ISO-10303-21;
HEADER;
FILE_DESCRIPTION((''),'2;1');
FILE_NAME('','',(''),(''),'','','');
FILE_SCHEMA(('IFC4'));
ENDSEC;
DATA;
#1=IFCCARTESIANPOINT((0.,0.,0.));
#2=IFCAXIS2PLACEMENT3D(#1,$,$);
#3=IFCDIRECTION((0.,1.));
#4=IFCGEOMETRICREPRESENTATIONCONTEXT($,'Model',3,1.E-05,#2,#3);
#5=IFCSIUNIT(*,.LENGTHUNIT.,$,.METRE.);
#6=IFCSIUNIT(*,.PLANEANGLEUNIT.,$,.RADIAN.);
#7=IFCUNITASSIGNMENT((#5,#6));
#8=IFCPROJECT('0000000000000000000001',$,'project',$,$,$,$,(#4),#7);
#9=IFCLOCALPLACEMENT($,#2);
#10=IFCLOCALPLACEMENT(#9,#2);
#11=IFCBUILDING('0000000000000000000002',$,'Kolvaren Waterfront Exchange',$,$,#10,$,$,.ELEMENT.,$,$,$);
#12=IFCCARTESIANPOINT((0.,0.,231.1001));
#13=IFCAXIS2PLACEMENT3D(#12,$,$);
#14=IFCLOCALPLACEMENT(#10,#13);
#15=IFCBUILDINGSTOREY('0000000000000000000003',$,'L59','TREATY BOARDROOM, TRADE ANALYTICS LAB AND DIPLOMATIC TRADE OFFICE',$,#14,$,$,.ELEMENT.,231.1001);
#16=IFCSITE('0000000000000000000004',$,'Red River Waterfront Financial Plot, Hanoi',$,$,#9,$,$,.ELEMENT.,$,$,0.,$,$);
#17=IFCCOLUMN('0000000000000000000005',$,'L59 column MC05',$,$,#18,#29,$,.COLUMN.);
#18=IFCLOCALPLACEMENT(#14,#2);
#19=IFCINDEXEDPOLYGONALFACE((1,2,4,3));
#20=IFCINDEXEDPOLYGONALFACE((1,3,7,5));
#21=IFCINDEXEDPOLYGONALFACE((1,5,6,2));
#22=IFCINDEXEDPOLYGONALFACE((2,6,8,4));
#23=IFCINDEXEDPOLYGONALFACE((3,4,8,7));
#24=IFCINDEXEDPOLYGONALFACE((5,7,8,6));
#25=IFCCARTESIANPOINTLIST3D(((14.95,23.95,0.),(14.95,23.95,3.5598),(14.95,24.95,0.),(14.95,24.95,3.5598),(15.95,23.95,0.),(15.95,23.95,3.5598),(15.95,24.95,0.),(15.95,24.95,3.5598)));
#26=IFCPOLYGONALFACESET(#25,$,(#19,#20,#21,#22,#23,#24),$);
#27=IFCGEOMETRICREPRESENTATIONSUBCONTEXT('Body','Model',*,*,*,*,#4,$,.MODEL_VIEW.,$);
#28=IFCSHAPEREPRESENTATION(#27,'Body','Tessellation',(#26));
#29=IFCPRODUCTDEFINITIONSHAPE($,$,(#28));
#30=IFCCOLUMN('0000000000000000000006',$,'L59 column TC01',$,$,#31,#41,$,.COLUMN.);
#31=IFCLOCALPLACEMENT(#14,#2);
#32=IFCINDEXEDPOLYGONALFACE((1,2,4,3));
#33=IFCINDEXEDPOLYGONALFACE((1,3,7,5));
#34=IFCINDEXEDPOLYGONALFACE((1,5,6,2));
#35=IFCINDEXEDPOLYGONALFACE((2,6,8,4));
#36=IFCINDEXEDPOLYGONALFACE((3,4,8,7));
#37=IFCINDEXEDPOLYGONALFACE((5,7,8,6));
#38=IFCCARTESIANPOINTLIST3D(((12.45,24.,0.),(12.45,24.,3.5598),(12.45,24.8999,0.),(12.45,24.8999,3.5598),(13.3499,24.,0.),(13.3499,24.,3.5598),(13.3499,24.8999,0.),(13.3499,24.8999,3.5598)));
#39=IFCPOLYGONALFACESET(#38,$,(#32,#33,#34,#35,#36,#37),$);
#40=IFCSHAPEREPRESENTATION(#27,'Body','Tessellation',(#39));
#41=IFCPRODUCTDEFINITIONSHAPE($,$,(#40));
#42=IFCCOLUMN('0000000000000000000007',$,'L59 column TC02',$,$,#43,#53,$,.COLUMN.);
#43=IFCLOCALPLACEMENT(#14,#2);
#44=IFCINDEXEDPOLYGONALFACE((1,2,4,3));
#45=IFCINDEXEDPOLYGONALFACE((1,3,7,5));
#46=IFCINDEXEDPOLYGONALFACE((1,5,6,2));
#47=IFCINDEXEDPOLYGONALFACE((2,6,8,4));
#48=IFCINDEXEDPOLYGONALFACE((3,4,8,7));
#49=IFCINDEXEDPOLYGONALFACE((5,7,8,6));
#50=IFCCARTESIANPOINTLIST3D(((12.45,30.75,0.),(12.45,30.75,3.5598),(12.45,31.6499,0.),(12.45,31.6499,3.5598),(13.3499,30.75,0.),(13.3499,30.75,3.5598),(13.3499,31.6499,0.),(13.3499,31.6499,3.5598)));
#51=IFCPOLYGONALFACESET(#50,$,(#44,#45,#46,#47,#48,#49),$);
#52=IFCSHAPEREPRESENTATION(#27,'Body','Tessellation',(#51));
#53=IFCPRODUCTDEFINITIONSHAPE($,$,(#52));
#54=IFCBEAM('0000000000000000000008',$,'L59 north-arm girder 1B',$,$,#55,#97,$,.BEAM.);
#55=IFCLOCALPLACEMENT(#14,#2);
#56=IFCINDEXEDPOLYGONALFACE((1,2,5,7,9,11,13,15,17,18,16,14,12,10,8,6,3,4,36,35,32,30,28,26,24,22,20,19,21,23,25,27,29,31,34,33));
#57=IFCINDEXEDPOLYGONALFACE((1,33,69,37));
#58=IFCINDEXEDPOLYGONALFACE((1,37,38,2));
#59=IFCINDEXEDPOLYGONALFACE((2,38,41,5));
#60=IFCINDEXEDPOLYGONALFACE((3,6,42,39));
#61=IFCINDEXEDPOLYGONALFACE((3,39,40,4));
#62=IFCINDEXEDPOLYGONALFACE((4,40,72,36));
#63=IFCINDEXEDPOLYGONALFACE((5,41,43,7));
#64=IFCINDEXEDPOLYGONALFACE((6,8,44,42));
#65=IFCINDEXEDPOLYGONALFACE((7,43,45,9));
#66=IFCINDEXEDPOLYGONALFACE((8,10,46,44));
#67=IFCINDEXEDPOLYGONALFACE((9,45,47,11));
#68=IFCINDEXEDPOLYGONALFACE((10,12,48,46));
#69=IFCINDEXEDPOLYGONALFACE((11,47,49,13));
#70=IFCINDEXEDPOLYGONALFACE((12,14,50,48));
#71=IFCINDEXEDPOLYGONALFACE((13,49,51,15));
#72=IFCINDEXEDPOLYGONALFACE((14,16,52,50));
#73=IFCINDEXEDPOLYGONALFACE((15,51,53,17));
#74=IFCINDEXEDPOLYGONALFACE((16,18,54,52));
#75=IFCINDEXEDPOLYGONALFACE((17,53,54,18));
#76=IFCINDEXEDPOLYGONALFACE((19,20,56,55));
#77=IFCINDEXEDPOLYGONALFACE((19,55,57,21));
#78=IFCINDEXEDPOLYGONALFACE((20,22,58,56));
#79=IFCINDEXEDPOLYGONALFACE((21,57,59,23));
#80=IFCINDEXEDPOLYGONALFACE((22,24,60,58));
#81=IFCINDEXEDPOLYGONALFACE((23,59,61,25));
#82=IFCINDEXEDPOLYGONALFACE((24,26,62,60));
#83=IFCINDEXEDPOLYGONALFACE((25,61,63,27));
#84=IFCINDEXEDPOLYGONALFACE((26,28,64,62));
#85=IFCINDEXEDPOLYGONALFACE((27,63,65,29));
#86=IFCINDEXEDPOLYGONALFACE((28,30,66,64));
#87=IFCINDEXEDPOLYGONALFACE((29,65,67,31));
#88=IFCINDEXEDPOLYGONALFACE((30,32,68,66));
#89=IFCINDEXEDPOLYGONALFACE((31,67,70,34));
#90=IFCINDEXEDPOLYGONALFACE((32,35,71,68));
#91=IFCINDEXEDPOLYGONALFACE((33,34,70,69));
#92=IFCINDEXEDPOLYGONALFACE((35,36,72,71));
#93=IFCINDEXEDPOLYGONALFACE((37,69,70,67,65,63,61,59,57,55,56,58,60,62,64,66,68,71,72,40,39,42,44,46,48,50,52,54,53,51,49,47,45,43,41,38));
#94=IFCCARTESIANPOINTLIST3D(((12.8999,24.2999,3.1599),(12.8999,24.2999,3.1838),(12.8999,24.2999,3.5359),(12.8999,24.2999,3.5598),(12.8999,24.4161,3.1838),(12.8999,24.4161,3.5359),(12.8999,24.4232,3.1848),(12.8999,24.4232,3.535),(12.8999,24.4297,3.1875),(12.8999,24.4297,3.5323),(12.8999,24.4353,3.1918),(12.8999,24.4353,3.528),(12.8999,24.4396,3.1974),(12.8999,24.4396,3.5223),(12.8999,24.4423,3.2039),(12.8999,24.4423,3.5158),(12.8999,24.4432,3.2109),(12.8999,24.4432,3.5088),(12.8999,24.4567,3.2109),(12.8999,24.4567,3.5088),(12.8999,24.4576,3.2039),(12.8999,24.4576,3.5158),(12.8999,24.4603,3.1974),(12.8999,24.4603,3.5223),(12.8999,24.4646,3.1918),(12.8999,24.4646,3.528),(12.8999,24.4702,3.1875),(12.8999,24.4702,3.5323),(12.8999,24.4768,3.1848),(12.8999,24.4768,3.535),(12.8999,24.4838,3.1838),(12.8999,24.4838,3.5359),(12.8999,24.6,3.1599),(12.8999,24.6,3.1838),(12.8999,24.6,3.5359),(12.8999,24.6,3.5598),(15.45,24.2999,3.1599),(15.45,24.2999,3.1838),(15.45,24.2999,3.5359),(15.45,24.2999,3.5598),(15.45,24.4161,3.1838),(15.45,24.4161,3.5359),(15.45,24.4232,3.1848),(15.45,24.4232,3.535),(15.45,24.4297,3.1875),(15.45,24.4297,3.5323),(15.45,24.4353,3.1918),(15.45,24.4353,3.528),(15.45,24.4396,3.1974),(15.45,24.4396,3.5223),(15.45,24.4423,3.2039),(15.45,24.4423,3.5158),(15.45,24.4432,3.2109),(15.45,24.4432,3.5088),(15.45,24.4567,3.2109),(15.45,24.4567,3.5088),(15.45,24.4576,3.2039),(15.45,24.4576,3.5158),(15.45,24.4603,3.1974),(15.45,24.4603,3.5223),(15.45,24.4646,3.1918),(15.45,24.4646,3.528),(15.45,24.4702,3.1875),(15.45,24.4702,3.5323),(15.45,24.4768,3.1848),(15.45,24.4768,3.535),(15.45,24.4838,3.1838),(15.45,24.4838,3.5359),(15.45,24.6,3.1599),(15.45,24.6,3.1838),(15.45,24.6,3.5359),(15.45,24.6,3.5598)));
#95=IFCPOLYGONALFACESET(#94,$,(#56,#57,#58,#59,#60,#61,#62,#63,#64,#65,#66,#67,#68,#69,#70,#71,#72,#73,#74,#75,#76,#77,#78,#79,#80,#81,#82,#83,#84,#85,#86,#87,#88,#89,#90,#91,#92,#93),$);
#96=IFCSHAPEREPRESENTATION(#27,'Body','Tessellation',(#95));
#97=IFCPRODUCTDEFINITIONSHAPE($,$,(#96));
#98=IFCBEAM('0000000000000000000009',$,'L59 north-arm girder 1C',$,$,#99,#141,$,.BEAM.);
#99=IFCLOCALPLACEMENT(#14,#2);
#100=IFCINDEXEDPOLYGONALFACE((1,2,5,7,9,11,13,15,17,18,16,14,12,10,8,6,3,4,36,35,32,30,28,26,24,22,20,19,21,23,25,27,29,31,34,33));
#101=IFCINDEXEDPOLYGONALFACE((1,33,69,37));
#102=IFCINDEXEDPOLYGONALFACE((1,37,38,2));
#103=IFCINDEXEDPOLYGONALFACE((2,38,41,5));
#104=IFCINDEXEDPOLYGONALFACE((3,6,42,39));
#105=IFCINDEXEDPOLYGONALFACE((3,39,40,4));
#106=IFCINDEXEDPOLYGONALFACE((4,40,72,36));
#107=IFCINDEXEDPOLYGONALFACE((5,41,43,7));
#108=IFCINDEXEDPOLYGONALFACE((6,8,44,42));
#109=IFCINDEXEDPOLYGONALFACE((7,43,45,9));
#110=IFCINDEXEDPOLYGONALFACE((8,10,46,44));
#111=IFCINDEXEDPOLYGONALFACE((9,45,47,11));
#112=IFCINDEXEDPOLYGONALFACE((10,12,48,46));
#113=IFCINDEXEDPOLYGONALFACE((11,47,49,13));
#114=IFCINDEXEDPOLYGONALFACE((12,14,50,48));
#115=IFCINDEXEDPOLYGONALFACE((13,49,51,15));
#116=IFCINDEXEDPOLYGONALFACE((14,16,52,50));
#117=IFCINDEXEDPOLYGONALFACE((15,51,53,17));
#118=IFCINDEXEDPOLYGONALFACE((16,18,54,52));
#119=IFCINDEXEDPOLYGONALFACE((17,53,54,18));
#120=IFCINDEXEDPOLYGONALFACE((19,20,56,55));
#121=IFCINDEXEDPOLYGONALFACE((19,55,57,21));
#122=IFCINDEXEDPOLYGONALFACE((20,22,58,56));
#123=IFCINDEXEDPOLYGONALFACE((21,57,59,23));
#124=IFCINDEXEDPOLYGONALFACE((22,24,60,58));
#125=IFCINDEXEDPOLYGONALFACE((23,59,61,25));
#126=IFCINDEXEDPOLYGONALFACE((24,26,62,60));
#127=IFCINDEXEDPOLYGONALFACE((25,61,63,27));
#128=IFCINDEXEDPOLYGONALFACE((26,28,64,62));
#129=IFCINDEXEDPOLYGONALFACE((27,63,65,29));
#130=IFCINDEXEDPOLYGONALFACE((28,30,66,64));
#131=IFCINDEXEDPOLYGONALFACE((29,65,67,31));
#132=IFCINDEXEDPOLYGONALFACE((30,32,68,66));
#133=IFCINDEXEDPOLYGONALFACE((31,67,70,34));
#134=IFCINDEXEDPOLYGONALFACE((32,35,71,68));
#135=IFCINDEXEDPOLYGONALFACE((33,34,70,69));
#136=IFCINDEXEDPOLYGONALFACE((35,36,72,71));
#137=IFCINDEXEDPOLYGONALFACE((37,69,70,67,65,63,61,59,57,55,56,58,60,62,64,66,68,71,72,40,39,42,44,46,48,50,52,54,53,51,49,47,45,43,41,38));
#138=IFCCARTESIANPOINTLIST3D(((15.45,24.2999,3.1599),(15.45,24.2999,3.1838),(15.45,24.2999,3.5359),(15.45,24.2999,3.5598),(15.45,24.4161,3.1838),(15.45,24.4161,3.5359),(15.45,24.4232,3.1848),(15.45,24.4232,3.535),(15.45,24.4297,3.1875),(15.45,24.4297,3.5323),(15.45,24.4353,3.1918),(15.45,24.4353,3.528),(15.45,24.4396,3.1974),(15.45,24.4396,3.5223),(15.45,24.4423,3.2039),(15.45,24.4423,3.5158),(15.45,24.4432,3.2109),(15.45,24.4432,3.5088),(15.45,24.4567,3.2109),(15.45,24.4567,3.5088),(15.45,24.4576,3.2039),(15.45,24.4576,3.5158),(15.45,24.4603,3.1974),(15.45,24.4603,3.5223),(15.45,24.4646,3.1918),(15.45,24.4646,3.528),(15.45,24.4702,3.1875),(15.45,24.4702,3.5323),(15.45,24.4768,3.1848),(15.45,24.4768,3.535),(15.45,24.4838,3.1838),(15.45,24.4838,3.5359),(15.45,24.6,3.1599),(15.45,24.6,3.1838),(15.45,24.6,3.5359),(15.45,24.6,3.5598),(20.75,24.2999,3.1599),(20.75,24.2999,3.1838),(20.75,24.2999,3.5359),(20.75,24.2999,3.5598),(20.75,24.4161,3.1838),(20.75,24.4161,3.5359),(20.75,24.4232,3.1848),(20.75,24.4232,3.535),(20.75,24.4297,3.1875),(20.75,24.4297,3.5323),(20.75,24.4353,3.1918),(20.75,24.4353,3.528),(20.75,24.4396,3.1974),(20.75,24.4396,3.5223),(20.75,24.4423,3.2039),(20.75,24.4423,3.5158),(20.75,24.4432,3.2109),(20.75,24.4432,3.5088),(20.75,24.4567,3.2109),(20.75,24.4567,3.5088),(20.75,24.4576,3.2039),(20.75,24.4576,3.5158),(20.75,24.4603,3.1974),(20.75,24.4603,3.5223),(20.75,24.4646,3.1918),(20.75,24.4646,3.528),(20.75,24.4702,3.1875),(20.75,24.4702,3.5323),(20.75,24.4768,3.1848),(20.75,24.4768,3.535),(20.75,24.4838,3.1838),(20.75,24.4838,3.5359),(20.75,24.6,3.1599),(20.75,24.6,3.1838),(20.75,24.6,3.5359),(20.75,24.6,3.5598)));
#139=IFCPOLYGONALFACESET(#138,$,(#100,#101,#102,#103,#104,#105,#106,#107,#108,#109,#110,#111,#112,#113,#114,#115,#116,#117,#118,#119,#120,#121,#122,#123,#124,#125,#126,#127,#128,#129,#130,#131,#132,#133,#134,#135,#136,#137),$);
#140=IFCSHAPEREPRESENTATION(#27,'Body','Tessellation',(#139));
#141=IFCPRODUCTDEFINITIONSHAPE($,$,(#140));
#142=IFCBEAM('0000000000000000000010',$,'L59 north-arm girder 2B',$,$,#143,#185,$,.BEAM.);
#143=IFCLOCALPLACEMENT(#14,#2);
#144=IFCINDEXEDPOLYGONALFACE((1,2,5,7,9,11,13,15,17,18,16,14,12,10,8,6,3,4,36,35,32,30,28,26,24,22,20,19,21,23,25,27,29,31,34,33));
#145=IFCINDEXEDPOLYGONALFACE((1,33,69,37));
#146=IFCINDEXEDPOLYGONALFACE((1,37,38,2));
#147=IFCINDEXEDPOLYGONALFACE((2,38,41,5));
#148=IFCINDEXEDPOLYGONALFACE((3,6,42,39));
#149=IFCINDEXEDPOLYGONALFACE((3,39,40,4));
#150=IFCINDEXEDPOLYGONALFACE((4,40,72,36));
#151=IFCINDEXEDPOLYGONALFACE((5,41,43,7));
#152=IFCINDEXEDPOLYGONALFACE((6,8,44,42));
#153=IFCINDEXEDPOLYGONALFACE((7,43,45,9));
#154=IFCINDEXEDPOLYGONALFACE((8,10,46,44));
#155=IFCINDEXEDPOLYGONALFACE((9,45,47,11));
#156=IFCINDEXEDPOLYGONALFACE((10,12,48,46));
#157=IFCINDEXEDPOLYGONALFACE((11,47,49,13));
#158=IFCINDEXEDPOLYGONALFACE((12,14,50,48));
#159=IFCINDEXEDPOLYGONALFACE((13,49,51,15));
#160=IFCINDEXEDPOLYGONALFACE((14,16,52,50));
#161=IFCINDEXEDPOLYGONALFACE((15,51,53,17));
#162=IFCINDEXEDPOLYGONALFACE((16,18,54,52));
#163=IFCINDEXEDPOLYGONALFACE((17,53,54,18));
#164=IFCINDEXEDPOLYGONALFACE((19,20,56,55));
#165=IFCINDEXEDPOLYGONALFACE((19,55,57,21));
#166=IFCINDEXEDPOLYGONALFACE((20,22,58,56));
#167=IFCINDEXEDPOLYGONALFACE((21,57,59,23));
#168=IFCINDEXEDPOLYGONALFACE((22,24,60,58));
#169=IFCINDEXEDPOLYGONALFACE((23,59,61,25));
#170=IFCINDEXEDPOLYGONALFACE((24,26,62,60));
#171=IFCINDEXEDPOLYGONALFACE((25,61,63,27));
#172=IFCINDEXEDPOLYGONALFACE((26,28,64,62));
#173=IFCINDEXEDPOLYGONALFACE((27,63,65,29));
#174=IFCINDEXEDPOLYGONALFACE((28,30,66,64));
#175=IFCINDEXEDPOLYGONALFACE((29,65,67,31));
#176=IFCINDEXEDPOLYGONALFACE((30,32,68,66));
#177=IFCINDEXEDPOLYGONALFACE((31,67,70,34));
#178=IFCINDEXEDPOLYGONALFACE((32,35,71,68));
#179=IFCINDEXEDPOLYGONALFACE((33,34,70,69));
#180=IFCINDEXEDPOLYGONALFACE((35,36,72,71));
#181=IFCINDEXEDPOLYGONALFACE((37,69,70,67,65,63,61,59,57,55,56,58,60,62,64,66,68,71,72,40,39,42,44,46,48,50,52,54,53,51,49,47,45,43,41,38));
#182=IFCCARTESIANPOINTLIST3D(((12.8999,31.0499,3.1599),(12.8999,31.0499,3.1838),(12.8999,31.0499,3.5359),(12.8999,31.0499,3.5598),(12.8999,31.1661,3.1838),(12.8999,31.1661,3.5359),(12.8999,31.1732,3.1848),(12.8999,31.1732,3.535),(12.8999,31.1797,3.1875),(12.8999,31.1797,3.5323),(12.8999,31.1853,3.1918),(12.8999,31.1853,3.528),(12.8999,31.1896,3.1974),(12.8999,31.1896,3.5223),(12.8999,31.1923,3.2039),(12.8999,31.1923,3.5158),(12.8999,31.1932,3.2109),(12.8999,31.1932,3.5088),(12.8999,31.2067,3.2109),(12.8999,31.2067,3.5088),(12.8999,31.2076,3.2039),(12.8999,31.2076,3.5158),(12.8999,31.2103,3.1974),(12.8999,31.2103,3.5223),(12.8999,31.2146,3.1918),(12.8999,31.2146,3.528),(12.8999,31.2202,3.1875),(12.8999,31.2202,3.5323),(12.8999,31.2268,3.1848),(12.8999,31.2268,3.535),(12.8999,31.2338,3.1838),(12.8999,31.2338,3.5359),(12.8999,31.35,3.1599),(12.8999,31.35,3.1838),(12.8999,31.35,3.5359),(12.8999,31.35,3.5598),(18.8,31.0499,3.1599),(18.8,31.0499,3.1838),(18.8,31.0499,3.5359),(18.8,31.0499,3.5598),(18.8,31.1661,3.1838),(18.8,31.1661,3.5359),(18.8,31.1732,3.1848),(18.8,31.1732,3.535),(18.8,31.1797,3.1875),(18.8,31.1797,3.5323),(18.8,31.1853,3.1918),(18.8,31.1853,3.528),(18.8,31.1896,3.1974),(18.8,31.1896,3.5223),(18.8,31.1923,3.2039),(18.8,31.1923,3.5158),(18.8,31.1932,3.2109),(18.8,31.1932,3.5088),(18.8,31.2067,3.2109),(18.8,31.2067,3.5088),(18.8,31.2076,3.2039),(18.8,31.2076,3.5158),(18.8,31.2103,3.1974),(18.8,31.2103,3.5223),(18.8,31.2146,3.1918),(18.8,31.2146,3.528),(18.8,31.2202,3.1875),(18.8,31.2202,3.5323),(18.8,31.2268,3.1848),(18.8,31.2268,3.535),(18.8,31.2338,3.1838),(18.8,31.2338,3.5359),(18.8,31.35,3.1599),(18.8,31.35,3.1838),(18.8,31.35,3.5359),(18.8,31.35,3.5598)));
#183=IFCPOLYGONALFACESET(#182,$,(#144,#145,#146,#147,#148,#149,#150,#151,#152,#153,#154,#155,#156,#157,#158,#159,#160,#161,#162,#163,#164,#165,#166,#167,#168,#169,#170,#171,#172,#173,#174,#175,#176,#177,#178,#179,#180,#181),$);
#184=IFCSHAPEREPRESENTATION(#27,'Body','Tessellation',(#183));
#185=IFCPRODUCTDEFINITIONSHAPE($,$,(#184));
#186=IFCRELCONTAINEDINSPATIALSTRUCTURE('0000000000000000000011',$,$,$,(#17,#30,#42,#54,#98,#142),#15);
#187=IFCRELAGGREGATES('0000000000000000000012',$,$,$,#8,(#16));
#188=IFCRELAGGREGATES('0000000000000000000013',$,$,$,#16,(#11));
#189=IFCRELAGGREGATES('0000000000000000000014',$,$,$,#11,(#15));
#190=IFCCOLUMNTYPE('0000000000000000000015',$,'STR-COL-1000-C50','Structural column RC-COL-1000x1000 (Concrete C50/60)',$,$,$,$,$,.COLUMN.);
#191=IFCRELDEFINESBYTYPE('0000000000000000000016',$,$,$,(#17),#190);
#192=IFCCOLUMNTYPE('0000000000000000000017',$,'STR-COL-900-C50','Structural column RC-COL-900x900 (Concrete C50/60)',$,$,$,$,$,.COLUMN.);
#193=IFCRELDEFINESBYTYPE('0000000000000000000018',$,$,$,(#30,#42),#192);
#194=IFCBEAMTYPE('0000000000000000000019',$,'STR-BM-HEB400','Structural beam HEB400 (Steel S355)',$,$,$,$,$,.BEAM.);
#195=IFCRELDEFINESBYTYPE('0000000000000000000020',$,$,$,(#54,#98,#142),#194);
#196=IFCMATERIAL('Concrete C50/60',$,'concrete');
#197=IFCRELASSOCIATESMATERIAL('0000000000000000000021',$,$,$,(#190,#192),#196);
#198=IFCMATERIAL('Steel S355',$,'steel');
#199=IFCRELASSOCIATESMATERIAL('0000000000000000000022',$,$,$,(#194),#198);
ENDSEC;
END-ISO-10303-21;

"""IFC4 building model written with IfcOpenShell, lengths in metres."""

from ifc_helpers import new_model, si_unit, direction, frame, origin, origin_2d, place, context, subcontext, project, spatial, rectangle, i_section, extrude, material, material_profile, profile_set, type_object, element, save


model = new_model("IFC4")

# Units and contexts
model_context = context("Model", 3, precision=1e-05, world=origin(), true_north=direction((0.0, 1.0)))
body_context = subcontext(model_context, "Body", "Model", "MODEL_VIEW")
ifc_project = project(units=[si_unit("LENGTHUNIT", "METRE"), si_unit("PLANEANGLEUNIT", "RADIAN")], contexts=[model_context])

# Site, building, storey
site_placement = place(None, origin())
site = spatial("IfcSite", under=ifc_project, at=site_placement, Name="Red River Waterfront Financial Plot, Hanoi", CompositionType="ELEMENT", RefElevation=0.0)
building_placement = place(site_placement, origin())
building = spatial("IfcBuilding", under=site, at=building_placement, Name="Kolvaren Waterfront Exchange", CompositionType="ELEMENT")
storey_placement = place(building_placement, frame((0.0, 0.0, 231.1001)))
storey = spatial("IfcBuildingStorey", under=building, at=storey_placement, Name="L59", Description="TREATY BOARDROOM, TRADE ANALYTICS LAB AND DIPLOMATIC TRADE OFFICE", CompositionType="ELEMENT", Elevation=231.1001)

# Columns
ifc_material_1 = material(Name="Concrete C50/60", Category="concrete")
ifc_material_profile_1 = material_profile(ifc_material_1, rectangle(XDim=1.0, YDim=1.0, at=origin_2d()), Name="RC-COL-1000x1000")
ifc_profile_set_1 = profile_set([ifc_material_profile_1], Name="Concrete C50/60")
column_type_1 = type_object("IfcColumnType", Name="STR-COL-1000-C50", Description="Structural column RC-COL-1000x1000 (Concrete C50/60)", PredefinedType="COLUMN", material=ifc_profile_set_1)
column_placement = place(storey_placement, frame((15.45, 24.45, 0.0), z_axis=(0.0, 0.0, 1.0), x_axis=(1.0, 0.0, 0.0)))
element("IfcColumn", 1, at=column_placement, inside=storey, type_object=column_type_1, Name="L59 column MC05", PredefinedType="COLUMN", context=body_context, shape_type="SweptSolid", body=[
    extrude(rectangle(XDim=1.0, YDim=1.0, at=origin_2d()), origin(), (0.0, 0.0, 1.0), 3.5598),
])
ifc_material_profile_2 = material_profile(ifc_material_1, rectangle(XDim=0.8999, YDim=0.8999, at=origin_2d()), Name="RC-COL-900x900")
ifc_profile_set_2 = profile_set([ifc_material_profile_2], Name="Concrete C50/60")
column_type_2 = type_object("IfcColumnType", Name="STR-COL-900-C50", Description="Structural column RC-COL-900x900 (Concrete C50/60)", PredefinedType="COLUMN", material=ifc_profile_set_2)
for number, where, z_axis, x_axis, name in (
    (2, (12.8999, 24.45, 0.0), (0.0, 0.0, 1.0), (1.0, 0.0, 0.0), "L59 column TC01"),
    (3, (12.8999, 31.2, 0.0), (0.0, 0.0, 1.0), (1.0, 0.0, 0.0), "L59 column TC02"),
):
    element("IfcColumn", number, at=place(storey_placement, frame(where, z_axis=z_axis, x_axis=x_axis)), inside=storey, type_object=column_type_2, Name=name, PredefinedType="COLUMN", context=body_context, shape_type="SweptSolid", body=[
        extrude(rectangle(XDim=0.8999, YDim=0.8999, at=origin_2d()), origin(), (0.0, 0.0, 1.0), 3.5598),
    ])

# Beams
ifc_material_2 = material(Name="Steel S355", Category="steel")
ifc_material_profile_3 = material_profile(ifc_material_2, i_section(OverallWidth=0.3, OverallDepth=0.3999, WebThickness=0.0134, FlangeThickness=0.0239, FilletRadius=0.0271, at=origin_2d()), Name="HEB400")
ifc_profile_set_3 = profile_set([ifc_material_profile_3], Name="Steel S355")
beam_type_1 = type_object("IfcBeamType", Name="STR-BM-HEB400", Description="Structural beam HEB400 (Steel S355)", PredefinedType="BEAM", material=ifc_profile_set_3)
beam_1_placement = place(storey_placement, frame((12.8999, 24.45, 3.3599), z_axis=(1.0, 0.0, 0.0), x_axis=(0.0, 1.0, 0.0)))
element("IfcBeam", 4, at=beam_1_placement, inside=storey, type_object=beam_type_1, Name="L59 north-arm girder 1B", PredefinedType="BEAM", context=body_context, shape_type="SweptSolid", body=[
    extrude(i_section(OverallWidth=0.3, OverallDepth=0.3999, WebThickness=0.0134, FlangeThickness=0.0239, FilletRadius=0.0271, at=origin_2d()), origin(), (0.0, 0.0, 1.0), 2.55),
])
beam_2_placement = place(storey_placement, frame((15.45, 24.45, 3.3599), z_axis=(1.0, 0.0, 0.0), x_axis=(0.0, 1.0, 0.0)))
element("IfcBeam", 5, at=beam_2_placement, inside=storey, type_object=beam_type_1, Name="L59 north-arm girder 1C", PredefinedType="BEAM", context=body_context, shape_type="SweptSolid", body=[
    extrude(i_section(OverallWidth=0.3, OverallDepth=0.3999, WebThickness=0.0134, FlangeThickness=0.0239, FilletRadius=0.0271, at=origin_2d()), origin(), (0.0, 0.0, 1.0), 5.3),
])
beam_3_placement = place(storey_placement, frame((12.8999, 31.2, 3.3599), z_axis=(1.0, 0.0, 0.0), x_axis=(0.0, 1.0, 0.0)))
element("IfcBeam", 6, at=beam_3_placement, inside=storey, type_object=beam_type_1, Name="L59 north-arm girder 2B", PredefinedType="BEAM", context=body_context, shape_type="SweptSolid", body=[
    extrude(i_section(OverallWidth=0.3, OverallDepth=0.3999, WebThickness=0.0134, FlangeThickness=0.0239, FilletRadius=0.0271, at=origin_2d()), origin(), (0.0, 0.0, 1.0), 5.9001),
])

save(model, "model.ifc")
